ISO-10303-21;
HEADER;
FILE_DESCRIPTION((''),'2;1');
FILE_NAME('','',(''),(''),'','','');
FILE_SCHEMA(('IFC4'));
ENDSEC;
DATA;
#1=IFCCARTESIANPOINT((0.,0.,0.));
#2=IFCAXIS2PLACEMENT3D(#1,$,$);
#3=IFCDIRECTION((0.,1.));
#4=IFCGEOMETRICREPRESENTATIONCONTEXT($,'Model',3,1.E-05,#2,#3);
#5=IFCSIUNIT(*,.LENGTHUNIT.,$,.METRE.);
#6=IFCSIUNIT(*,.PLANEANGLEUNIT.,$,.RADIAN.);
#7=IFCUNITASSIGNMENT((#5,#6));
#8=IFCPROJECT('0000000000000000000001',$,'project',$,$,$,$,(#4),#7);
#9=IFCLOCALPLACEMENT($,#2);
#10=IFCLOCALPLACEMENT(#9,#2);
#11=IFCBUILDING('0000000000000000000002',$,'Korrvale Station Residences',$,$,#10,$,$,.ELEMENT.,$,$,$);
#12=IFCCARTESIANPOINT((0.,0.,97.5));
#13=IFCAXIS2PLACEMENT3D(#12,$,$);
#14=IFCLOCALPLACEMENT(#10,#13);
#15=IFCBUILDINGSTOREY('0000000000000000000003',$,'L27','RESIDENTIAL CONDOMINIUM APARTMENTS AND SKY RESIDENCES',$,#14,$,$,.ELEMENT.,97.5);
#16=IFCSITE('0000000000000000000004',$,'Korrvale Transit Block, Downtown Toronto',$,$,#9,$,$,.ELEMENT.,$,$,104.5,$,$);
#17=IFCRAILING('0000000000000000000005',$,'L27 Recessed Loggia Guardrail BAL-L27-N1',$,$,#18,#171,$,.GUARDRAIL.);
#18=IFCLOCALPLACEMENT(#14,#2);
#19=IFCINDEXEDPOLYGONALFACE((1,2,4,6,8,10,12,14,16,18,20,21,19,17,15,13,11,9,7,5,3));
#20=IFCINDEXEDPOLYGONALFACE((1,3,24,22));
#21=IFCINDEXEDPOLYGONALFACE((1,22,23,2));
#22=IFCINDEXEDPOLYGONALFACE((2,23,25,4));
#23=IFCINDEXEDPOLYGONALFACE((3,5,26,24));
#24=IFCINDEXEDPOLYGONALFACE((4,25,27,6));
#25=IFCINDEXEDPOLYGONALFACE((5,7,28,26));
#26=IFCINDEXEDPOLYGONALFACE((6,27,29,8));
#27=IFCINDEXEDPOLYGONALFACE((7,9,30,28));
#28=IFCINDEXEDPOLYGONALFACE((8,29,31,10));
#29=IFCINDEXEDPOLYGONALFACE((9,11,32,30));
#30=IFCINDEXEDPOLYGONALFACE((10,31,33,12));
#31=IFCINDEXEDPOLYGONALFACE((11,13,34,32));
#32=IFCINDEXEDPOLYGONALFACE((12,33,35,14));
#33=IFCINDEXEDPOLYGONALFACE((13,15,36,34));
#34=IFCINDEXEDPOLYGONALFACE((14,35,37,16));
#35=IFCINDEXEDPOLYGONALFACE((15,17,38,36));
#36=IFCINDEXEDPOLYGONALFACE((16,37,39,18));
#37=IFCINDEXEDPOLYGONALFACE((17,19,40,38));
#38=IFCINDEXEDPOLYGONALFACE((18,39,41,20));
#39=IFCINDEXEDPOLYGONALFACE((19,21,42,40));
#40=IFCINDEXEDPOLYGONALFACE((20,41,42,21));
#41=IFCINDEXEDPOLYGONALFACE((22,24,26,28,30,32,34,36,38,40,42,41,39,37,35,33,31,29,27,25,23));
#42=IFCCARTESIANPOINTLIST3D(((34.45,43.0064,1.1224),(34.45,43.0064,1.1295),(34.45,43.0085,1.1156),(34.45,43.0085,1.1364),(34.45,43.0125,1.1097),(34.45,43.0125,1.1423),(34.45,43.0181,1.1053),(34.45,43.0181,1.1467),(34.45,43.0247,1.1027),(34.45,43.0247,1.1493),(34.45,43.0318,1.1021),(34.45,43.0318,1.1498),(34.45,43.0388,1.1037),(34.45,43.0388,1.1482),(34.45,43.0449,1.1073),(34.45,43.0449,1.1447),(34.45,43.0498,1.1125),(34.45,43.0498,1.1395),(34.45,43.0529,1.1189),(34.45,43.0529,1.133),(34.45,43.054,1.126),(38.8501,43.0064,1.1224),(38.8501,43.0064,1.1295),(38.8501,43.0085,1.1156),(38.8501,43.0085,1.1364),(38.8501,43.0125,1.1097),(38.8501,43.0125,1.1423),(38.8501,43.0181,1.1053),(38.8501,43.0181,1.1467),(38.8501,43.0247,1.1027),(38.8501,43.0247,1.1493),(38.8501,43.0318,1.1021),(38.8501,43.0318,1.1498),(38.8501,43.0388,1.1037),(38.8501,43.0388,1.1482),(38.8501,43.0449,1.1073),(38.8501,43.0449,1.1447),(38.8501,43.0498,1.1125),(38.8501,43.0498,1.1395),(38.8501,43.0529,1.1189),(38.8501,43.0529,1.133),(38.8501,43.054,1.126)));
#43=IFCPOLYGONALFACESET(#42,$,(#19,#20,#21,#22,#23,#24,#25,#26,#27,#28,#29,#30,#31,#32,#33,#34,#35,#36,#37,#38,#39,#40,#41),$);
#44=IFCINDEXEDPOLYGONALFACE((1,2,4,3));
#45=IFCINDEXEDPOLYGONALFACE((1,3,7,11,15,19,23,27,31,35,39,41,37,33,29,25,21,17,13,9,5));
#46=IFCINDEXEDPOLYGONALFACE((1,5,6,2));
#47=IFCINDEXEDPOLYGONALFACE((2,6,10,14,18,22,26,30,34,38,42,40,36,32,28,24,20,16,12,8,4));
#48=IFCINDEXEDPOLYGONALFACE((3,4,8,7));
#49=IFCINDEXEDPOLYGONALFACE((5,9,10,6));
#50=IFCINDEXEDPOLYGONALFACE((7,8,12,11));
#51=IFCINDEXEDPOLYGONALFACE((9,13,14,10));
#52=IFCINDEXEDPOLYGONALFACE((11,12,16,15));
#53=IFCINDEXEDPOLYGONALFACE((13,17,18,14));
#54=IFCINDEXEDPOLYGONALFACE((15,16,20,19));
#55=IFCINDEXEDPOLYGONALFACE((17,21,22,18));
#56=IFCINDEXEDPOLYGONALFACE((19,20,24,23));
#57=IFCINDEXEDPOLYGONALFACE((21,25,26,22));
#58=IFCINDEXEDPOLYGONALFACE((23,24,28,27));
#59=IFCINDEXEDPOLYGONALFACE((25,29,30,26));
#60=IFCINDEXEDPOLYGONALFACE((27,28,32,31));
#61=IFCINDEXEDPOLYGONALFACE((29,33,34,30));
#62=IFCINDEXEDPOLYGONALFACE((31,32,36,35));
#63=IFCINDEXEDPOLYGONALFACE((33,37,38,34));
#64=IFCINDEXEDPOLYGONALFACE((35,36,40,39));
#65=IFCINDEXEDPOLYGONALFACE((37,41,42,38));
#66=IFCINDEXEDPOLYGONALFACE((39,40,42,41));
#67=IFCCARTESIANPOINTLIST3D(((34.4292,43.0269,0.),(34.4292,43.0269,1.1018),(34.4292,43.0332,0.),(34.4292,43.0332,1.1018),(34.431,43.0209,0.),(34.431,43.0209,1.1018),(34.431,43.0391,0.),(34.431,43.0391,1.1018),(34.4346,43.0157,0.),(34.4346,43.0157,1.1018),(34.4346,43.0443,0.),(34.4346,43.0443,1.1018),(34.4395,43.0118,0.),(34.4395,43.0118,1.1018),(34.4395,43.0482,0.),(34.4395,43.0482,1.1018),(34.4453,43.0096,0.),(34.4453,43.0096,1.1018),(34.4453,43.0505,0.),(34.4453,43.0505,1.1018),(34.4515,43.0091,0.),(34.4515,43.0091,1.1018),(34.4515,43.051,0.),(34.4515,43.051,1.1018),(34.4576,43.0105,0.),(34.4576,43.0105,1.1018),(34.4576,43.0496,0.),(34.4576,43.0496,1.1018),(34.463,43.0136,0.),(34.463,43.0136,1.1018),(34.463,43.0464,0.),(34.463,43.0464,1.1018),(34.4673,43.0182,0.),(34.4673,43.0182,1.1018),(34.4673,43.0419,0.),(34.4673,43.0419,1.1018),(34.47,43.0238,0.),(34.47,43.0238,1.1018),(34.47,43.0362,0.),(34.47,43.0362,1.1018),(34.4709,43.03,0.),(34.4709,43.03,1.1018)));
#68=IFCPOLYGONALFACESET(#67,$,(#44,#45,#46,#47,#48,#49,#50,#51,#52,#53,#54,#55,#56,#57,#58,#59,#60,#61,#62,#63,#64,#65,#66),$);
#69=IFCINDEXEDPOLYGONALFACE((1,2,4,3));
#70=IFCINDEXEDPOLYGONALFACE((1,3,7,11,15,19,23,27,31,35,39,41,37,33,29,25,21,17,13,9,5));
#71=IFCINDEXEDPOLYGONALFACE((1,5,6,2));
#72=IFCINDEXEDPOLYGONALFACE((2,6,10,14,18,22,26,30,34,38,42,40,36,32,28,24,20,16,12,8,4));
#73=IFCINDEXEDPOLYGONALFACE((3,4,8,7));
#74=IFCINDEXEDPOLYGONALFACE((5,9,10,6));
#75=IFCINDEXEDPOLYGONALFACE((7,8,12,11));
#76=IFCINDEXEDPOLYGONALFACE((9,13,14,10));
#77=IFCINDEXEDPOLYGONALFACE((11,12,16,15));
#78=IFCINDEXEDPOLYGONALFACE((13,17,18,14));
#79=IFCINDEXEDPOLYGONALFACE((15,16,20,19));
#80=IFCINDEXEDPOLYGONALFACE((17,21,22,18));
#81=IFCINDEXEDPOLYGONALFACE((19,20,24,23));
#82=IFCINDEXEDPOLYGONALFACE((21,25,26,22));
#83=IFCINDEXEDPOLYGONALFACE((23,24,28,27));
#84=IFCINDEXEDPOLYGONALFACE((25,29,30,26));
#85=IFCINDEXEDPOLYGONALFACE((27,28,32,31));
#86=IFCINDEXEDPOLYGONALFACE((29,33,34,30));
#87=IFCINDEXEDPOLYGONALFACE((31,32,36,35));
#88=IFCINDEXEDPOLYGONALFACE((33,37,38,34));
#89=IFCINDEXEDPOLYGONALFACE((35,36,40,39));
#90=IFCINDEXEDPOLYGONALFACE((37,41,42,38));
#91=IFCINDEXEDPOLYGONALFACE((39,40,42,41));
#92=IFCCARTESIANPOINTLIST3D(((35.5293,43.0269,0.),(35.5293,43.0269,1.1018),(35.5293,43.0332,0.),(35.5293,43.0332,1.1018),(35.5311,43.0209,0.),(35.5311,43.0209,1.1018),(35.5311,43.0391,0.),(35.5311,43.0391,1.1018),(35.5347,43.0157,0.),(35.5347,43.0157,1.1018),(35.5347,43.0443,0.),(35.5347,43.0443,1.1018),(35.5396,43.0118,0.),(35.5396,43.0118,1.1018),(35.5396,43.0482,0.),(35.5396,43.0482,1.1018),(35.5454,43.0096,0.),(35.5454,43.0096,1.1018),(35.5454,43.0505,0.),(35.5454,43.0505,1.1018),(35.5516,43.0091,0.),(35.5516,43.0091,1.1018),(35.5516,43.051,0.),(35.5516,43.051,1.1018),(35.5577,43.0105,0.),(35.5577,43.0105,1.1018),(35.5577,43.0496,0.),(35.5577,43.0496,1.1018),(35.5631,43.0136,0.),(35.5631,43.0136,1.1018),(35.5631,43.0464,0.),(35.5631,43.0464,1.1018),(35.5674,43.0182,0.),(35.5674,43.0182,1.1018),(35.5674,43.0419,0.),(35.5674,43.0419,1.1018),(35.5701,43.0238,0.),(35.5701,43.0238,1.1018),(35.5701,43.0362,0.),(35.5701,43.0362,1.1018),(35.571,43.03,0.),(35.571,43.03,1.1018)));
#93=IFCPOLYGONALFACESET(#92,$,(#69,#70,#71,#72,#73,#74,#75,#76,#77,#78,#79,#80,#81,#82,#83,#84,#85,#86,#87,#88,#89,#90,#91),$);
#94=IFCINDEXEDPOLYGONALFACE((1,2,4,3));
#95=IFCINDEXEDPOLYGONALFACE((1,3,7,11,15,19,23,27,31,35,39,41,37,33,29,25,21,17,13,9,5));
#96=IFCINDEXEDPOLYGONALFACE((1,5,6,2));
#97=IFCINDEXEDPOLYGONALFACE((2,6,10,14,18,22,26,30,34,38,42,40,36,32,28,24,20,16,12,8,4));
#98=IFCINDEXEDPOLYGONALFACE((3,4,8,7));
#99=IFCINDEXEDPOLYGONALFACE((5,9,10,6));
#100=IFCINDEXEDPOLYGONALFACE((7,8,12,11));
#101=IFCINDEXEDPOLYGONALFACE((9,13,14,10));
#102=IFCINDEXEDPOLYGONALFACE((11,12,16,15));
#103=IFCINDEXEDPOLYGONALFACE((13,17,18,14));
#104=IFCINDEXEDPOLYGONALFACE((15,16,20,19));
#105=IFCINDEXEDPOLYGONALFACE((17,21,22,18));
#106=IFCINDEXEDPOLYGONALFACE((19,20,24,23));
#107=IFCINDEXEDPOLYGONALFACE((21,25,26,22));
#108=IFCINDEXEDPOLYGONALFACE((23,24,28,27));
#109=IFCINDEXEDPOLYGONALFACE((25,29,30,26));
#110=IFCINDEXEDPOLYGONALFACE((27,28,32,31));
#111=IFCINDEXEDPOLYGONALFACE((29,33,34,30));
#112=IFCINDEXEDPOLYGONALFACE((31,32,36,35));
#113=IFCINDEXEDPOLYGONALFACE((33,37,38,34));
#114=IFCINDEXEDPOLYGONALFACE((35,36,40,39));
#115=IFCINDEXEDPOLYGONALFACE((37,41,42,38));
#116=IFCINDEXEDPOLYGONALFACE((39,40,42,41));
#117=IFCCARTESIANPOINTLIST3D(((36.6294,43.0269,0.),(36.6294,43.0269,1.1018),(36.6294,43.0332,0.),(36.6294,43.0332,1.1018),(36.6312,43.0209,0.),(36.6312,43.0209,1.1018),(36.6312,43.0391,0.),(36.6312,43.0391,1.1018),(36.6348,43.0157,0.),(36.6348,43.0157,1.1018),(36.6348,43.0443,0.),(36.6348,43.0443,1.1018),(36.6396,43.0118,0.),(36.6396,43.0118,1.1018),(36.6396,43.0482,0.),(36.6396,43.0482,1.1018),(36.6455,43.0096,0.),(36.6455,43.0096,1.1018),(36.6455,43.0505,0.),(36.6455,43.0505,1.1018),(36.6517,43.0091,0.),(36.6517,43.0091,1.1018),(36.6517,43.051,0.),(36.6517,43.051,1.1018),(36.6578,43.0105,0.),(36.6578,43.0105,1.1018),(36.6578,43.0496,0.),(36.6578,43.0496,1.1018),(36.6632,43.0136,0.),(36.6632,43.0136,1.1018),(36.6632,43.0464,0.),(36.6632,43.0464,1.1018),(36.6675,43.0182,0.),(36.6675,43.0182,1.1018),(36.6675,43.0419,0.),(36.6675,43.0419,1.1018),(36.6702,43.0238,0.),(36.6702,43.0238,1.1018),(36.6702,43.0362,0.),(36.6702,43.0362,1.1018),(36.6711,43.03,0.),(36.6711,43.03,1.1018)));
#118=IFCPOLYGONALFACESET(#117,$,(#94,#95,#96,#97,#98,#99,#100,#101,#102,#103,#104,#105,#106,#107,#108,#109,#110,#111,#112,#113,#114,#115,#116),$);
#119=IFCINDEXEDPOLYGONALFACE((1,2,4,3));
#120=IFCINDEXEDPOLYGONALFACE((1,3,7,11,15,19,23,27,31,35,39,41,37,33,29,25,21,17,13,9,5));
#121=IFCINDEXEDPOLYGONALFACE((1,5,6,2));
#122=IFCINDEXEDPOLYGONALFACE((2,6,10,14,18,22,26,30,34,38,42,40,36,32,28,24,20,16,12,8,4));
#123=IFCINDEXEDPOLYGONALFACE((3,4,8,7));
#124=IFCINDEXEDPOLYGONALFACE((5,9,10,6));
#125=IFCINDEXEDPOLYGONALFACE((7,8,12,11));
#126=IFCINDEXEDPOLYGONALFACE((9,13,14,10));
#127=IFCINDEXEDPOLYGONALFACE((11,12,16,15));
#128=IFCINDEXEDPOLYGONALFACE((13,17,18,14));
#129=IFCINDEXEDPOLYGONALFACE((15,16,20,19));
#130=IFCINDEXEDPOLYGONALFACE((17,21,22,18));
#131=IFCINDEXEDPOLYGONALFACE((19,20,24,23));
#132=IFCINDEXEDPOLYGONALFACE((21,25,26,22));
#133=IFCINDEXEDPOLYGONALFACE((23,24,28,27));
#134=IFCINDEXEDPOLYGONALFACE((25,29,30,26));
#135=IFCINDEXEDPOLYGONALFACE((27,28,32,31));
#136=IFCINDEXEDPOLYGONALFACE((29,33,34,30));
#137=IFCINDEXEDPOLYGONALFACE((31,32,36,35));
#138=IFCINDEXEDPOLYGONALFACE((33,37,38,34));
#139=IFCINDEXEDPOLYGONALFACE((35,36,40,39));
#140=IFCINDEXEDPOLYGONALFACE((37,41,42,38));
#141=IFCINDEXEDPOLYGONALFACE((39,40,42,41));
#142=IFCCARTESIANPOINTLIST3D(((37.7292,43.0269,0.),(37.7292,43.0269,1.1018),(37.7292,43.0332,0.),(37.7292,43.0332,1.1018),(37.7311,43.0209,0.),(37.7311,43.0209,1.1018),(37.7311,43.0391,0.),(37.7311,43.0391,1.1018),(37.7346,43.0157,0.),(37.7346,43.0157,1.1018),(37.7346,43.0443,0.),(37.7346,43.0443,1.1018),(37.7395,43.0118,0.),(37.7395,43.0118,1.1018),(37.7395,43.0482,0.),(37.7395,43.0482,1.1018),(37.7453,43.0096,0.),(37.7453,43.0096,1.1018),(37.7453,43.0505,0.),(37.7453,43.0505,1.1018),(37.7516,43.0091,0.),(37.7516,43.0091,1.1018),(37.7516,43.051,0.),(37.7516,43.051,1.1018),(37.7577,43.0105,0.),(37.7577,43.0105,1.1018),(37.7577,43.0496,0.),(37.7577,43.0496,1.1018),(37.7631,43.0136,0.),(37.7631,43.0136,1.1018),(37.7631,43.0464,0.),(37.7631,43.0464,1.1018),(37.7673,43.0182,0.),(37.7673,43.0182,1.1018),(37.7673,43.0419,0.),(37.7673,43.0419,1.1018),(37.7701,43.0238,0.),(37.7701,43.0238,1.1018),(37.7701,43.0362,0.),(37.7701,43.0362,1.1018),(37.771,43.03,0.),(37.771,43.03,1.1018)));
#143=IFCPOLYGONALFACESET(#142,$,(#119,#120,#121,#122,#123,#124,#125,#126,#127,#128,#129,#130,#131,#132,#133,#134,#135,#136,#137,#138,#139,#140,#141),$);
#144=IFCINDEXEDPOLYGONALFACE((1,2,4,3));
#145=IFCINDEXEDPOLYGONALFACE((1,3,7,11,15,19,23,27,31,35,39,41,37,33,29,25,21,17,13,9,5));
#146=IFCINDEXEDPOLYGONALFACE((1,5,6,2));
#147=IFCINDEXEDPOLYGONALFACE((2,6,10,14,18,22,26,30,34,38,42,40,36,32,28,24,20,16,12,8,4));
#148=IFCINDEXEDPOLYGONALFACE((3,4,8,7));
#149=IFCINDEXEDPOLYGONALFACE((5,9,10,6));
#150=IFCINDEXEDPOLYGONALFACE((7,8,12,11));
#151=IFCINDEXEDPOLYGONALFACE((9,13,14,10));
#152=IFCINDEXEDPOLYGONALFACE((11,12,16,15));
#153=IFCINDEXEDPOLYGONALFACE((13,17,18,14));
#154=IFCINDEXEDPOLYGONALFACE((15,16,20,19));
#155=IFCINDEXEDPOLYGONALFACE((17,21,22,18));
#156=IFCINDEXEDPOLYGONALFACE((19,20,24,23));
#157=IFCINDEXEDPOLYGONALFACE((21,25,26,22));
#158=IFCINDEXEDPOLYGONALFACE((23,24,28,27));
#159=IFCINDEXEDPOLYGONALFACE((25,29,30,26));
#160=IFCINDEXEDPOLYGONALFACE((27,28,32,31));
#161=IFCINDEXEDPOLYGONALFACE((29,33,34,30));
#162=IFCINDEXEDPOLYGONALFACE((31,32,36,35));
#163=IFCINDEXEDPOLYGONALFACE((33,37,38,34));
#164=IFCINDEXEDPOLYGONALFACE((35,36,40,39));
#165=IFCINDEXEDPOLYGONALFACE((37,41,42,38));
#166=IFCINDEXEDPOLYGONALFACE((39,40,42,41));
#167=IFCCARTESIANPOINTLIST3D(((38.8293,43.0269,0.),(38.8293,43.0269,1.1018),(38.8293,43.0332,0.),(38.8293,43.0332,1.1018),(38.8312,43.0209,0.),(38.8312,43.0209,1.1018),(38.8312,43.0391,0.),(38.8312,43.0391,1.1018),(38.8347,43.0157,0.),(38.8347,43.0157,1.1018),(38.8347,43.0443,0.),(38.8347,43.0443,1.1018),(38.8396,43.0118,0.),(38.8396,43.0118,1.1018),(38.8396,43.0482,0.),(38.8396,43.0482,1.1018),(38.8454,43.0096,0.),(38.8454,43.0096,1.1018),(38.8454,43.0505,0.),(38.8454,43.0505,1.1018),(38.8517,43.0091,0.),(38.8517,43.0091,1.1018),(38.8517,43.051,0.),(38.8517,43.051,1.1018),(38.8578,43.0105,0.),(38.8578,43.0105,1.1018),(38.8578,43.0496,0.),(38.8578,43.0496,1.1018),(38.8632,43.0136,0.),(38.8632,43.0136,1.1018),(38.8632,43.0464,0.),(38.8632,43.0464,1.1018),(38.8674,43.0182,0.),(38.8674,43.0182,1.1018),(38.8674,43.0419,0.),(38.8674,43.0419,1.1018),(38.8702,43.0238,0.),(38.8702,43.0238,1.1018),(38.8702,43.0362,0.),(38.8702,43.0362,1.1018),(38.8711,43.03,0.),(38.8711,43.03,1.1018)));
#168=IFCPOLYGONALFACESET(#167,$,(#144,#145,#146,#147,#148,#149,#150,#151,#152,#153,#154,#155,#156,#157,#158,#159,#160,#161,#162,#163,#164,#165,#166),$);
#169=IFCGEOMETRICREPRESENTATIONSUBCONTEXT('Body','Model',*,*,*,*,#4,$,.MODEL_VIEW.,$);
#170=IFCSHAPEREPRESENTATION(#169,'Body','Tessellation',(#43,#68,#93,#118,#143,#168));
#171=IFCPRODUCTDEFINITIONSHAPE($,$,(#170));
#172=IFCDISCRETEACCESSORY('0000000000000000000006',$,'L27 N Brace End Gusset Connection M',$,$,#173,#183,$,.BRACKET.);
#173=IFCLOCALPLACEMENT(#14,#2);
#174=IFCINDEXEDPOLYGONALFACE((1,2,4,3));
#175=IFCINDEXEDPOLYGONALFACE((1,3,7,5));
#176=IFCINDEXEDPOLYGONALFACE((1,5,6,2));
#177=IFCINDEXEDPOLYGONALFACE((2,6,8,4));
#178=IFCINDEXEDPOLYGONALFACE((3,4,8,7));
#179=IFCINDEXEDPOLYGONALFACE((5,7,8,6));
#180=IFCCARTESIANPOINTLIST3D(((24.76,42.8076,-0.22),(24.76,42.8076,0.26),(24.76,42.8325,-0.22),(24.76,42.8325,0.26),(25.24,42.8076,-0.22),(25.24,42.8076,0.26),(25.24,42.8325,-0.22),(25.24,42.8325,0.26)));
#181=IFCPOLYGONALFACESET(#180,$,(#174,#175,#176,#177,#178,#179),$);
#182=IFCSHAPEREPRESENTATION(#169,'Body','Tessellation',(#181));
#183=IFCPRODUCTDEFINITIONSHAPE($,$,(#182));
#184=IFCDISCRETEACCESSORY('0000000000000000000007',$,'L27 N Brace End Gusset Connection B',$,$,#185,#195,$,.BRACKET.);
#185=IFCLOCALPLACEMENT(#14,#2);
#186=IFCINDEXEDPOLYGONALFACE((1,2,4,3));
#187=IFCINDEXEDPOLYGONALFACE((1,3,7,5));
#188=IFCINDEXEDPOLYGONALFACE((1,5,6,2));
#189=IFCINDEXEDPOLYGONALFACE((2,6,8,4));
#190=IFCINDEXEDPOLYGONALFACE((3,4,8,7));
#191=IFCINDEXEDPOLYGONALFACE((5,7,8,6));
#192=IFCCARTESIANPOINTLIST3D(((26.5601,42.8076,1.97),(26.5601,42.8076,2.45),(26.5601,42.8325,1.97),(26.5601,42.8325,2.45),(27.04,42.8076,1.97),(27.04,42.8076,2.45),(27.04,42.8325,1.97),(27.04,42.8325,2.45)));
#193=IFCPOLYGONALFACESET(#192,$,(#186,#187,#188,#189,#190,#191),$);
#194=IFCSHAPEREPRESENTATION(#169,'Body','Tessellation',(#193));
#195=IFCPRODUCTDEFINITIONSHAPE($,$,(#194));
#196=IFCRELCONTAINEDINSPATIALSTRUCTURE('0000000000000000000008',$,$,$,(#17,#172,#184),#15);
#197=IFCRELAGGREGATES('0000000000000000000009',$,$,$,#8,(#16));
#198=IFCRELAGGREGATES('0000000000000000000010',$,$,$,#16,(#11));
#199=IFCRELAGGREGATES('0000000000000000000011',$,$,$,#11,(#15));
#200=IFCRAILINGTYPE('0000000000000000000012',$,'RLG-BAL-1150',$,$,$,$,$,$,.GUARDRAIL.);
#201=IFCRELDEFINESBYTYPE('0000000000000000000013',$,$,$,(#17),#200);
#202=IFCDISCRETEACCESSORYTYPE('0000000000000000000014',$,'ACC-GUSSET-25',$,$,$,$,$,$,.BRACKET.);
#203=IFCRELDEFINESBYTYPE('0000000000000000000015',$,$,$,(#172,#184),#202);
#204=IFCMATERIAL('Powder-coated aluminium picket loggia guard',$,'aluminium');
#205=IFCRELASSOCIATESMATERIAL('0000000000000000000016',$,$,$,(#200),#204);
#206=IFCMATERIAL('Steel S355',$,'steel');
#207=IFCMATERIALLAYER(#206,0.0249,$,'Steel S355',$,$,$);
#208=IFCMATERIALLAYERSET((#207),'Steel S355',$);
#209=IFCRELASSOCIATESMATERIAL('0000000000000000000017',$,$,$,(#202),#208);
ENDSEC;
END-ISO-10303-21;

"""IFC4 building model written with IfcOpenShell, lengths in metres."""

from ifc_helpers import new_model, si_unit, direction, frame, origin, origin_2d, place, context, subcontext, project, spatial, rectangle, circle, extrude, material, layer, layer_set, type_object, element, save


model = new_model("IFC4")

# Units and contexts
model_context = context("Model", 3, precision=1e-05, world=origin(), true_north=direction((0.0, 1.0)))
body_context = subcontext(model_context, "Body", "Model", "MODEL_VIEW")
ifc_project = project(units=[si_unit("LENGTHUNIT", "METRE"), si_unit("PLANEANGLEUNIT", "RADIAN")], contexts=[model_context])

# Site, building, storey
site_placement = place(None, origin())
site = spatial("IfcSite", under=ifc_project, at=site_placement, Name="Korrvale Transit Block, Downtown Toronto", CompositionType="ELEMENT", RefElevation=104.5)
building_placement = place(site_placement, origin())
building = spatial("IfcBuilding", under=site, at=building_placement, Name="Korrvale Station Residences", CompositionType="ELEMENT")
storey_placement = place(building_placement, frame((0.0, 0.0, 97.5)))
storey = spatial("IfcBuildingStorey", under=building, at=storey_placement, Name="L27", Description="RESIDENTIAL CONDOMINIUM APARTMENTS AND SKY RESIDENCES", CompositionType="ELEMENT", Elevation=97.5)

# Shared definitions
ifc_material_1 = material(Name="Steel S355", Category="steel")

# Railing
ifc_material_2 = material(Name="Powder-coated aluminium picket loggia guard", Category="aluminium")
railing_type = type_object("IfcRailingType", Name="RLG-BAL-1150", PredefinedType="GUARDRAIL", material=ifc_material_2)
railing_placement = place(storey_placement, frame((34.45, 43.03, 0.0)))
element("IfcRailing", 1, at=railing_placement, inside=storey, type_object=railing_type, Name="L27 Recessed Loggia Guardrail BAL-L27-N1", PredefinedType="GUARDRAIL", context=body_context, shape_type="SweptSolid", body=[
    extrude(circle(Radius=0.0239, at=origin_2d()), frame((0.0, 0.0, 1.126), z_axis=(1.0, 0.0, 0.0), x_axis=(0.0, 1.0, 0.0)), (0.0, 0.0, 1.0), 4.4001),
    extrude(circle(Radius=0.021, at=origin_2d()), origin(), (0.0, 0.0, 1.0), 1.1018),
    extrude(circle(Radius=0.021, at=origin_2d()), frame((1.1001, 0.0, 0.0)), (0.0, 0.0, 1.0), 1.1018),
    extrude(circle(Radius=0.021, at=origin_2d()), frame((2.2002, 0.0, 0.0)), (0.0, 0.0, 1.0), 1.1018),
    extrude(circle(Radius=0.021, at=origin_2d()), frame((3.3, 0.0, 0.0)), (0.0, 0.0, 1.0), 1.1018),
    extrude(circle(Radius=0.021, at=origin_2d()), frame((4.4001, 0.0, 0.0)), (0.0, 0.0, 1.0), 1.1018),
])

# Discrete accessories
ifc_layer_1 = layer(ifc_material_1, 0.0249, Name="Steel S355")
ifc_layer_set_1 = layer_set([ifc_layer_1], Name="Steel S355")
discrete_accessory_type = type_object("IfcDiscreteAccessoryType", Name="ACC-GUSSET-25", PredefinedType="BRACKET", material=ifc_layer_set_1)
for number, where, z_axis, x_axis, name in (
    (2, (25.0, 42.8201, -0.22), (0.0, 0.0, 1.0), (1.0, 0.0, 0.0), "L27 N Brace End Gusset Connection M"),
    (3, (26.8, 42.8201, 1.97), (0.0, 0.0, 1.0), (1.0, 0.0, 0.0), "L27 N Brace End Gusset Connection B"),
):
    element("IfcDiscreteAccessory", number, at=place(storey_placement, frame(where, z_axis=z_axis, x_axis=x_axis)), inside=storey, type_object=discrete_accessory_type, Name=name, PredefinedType="BRACKET", context=body_context, shape_type="SweptSolid", body=[
        extrude(rectangle(XDim=0.48, YDim=0.0249, at=origin_2d()), origin(), (0.0, 0.0, 1.0), 0.48),
    ])

save(model, "model.ifc")
